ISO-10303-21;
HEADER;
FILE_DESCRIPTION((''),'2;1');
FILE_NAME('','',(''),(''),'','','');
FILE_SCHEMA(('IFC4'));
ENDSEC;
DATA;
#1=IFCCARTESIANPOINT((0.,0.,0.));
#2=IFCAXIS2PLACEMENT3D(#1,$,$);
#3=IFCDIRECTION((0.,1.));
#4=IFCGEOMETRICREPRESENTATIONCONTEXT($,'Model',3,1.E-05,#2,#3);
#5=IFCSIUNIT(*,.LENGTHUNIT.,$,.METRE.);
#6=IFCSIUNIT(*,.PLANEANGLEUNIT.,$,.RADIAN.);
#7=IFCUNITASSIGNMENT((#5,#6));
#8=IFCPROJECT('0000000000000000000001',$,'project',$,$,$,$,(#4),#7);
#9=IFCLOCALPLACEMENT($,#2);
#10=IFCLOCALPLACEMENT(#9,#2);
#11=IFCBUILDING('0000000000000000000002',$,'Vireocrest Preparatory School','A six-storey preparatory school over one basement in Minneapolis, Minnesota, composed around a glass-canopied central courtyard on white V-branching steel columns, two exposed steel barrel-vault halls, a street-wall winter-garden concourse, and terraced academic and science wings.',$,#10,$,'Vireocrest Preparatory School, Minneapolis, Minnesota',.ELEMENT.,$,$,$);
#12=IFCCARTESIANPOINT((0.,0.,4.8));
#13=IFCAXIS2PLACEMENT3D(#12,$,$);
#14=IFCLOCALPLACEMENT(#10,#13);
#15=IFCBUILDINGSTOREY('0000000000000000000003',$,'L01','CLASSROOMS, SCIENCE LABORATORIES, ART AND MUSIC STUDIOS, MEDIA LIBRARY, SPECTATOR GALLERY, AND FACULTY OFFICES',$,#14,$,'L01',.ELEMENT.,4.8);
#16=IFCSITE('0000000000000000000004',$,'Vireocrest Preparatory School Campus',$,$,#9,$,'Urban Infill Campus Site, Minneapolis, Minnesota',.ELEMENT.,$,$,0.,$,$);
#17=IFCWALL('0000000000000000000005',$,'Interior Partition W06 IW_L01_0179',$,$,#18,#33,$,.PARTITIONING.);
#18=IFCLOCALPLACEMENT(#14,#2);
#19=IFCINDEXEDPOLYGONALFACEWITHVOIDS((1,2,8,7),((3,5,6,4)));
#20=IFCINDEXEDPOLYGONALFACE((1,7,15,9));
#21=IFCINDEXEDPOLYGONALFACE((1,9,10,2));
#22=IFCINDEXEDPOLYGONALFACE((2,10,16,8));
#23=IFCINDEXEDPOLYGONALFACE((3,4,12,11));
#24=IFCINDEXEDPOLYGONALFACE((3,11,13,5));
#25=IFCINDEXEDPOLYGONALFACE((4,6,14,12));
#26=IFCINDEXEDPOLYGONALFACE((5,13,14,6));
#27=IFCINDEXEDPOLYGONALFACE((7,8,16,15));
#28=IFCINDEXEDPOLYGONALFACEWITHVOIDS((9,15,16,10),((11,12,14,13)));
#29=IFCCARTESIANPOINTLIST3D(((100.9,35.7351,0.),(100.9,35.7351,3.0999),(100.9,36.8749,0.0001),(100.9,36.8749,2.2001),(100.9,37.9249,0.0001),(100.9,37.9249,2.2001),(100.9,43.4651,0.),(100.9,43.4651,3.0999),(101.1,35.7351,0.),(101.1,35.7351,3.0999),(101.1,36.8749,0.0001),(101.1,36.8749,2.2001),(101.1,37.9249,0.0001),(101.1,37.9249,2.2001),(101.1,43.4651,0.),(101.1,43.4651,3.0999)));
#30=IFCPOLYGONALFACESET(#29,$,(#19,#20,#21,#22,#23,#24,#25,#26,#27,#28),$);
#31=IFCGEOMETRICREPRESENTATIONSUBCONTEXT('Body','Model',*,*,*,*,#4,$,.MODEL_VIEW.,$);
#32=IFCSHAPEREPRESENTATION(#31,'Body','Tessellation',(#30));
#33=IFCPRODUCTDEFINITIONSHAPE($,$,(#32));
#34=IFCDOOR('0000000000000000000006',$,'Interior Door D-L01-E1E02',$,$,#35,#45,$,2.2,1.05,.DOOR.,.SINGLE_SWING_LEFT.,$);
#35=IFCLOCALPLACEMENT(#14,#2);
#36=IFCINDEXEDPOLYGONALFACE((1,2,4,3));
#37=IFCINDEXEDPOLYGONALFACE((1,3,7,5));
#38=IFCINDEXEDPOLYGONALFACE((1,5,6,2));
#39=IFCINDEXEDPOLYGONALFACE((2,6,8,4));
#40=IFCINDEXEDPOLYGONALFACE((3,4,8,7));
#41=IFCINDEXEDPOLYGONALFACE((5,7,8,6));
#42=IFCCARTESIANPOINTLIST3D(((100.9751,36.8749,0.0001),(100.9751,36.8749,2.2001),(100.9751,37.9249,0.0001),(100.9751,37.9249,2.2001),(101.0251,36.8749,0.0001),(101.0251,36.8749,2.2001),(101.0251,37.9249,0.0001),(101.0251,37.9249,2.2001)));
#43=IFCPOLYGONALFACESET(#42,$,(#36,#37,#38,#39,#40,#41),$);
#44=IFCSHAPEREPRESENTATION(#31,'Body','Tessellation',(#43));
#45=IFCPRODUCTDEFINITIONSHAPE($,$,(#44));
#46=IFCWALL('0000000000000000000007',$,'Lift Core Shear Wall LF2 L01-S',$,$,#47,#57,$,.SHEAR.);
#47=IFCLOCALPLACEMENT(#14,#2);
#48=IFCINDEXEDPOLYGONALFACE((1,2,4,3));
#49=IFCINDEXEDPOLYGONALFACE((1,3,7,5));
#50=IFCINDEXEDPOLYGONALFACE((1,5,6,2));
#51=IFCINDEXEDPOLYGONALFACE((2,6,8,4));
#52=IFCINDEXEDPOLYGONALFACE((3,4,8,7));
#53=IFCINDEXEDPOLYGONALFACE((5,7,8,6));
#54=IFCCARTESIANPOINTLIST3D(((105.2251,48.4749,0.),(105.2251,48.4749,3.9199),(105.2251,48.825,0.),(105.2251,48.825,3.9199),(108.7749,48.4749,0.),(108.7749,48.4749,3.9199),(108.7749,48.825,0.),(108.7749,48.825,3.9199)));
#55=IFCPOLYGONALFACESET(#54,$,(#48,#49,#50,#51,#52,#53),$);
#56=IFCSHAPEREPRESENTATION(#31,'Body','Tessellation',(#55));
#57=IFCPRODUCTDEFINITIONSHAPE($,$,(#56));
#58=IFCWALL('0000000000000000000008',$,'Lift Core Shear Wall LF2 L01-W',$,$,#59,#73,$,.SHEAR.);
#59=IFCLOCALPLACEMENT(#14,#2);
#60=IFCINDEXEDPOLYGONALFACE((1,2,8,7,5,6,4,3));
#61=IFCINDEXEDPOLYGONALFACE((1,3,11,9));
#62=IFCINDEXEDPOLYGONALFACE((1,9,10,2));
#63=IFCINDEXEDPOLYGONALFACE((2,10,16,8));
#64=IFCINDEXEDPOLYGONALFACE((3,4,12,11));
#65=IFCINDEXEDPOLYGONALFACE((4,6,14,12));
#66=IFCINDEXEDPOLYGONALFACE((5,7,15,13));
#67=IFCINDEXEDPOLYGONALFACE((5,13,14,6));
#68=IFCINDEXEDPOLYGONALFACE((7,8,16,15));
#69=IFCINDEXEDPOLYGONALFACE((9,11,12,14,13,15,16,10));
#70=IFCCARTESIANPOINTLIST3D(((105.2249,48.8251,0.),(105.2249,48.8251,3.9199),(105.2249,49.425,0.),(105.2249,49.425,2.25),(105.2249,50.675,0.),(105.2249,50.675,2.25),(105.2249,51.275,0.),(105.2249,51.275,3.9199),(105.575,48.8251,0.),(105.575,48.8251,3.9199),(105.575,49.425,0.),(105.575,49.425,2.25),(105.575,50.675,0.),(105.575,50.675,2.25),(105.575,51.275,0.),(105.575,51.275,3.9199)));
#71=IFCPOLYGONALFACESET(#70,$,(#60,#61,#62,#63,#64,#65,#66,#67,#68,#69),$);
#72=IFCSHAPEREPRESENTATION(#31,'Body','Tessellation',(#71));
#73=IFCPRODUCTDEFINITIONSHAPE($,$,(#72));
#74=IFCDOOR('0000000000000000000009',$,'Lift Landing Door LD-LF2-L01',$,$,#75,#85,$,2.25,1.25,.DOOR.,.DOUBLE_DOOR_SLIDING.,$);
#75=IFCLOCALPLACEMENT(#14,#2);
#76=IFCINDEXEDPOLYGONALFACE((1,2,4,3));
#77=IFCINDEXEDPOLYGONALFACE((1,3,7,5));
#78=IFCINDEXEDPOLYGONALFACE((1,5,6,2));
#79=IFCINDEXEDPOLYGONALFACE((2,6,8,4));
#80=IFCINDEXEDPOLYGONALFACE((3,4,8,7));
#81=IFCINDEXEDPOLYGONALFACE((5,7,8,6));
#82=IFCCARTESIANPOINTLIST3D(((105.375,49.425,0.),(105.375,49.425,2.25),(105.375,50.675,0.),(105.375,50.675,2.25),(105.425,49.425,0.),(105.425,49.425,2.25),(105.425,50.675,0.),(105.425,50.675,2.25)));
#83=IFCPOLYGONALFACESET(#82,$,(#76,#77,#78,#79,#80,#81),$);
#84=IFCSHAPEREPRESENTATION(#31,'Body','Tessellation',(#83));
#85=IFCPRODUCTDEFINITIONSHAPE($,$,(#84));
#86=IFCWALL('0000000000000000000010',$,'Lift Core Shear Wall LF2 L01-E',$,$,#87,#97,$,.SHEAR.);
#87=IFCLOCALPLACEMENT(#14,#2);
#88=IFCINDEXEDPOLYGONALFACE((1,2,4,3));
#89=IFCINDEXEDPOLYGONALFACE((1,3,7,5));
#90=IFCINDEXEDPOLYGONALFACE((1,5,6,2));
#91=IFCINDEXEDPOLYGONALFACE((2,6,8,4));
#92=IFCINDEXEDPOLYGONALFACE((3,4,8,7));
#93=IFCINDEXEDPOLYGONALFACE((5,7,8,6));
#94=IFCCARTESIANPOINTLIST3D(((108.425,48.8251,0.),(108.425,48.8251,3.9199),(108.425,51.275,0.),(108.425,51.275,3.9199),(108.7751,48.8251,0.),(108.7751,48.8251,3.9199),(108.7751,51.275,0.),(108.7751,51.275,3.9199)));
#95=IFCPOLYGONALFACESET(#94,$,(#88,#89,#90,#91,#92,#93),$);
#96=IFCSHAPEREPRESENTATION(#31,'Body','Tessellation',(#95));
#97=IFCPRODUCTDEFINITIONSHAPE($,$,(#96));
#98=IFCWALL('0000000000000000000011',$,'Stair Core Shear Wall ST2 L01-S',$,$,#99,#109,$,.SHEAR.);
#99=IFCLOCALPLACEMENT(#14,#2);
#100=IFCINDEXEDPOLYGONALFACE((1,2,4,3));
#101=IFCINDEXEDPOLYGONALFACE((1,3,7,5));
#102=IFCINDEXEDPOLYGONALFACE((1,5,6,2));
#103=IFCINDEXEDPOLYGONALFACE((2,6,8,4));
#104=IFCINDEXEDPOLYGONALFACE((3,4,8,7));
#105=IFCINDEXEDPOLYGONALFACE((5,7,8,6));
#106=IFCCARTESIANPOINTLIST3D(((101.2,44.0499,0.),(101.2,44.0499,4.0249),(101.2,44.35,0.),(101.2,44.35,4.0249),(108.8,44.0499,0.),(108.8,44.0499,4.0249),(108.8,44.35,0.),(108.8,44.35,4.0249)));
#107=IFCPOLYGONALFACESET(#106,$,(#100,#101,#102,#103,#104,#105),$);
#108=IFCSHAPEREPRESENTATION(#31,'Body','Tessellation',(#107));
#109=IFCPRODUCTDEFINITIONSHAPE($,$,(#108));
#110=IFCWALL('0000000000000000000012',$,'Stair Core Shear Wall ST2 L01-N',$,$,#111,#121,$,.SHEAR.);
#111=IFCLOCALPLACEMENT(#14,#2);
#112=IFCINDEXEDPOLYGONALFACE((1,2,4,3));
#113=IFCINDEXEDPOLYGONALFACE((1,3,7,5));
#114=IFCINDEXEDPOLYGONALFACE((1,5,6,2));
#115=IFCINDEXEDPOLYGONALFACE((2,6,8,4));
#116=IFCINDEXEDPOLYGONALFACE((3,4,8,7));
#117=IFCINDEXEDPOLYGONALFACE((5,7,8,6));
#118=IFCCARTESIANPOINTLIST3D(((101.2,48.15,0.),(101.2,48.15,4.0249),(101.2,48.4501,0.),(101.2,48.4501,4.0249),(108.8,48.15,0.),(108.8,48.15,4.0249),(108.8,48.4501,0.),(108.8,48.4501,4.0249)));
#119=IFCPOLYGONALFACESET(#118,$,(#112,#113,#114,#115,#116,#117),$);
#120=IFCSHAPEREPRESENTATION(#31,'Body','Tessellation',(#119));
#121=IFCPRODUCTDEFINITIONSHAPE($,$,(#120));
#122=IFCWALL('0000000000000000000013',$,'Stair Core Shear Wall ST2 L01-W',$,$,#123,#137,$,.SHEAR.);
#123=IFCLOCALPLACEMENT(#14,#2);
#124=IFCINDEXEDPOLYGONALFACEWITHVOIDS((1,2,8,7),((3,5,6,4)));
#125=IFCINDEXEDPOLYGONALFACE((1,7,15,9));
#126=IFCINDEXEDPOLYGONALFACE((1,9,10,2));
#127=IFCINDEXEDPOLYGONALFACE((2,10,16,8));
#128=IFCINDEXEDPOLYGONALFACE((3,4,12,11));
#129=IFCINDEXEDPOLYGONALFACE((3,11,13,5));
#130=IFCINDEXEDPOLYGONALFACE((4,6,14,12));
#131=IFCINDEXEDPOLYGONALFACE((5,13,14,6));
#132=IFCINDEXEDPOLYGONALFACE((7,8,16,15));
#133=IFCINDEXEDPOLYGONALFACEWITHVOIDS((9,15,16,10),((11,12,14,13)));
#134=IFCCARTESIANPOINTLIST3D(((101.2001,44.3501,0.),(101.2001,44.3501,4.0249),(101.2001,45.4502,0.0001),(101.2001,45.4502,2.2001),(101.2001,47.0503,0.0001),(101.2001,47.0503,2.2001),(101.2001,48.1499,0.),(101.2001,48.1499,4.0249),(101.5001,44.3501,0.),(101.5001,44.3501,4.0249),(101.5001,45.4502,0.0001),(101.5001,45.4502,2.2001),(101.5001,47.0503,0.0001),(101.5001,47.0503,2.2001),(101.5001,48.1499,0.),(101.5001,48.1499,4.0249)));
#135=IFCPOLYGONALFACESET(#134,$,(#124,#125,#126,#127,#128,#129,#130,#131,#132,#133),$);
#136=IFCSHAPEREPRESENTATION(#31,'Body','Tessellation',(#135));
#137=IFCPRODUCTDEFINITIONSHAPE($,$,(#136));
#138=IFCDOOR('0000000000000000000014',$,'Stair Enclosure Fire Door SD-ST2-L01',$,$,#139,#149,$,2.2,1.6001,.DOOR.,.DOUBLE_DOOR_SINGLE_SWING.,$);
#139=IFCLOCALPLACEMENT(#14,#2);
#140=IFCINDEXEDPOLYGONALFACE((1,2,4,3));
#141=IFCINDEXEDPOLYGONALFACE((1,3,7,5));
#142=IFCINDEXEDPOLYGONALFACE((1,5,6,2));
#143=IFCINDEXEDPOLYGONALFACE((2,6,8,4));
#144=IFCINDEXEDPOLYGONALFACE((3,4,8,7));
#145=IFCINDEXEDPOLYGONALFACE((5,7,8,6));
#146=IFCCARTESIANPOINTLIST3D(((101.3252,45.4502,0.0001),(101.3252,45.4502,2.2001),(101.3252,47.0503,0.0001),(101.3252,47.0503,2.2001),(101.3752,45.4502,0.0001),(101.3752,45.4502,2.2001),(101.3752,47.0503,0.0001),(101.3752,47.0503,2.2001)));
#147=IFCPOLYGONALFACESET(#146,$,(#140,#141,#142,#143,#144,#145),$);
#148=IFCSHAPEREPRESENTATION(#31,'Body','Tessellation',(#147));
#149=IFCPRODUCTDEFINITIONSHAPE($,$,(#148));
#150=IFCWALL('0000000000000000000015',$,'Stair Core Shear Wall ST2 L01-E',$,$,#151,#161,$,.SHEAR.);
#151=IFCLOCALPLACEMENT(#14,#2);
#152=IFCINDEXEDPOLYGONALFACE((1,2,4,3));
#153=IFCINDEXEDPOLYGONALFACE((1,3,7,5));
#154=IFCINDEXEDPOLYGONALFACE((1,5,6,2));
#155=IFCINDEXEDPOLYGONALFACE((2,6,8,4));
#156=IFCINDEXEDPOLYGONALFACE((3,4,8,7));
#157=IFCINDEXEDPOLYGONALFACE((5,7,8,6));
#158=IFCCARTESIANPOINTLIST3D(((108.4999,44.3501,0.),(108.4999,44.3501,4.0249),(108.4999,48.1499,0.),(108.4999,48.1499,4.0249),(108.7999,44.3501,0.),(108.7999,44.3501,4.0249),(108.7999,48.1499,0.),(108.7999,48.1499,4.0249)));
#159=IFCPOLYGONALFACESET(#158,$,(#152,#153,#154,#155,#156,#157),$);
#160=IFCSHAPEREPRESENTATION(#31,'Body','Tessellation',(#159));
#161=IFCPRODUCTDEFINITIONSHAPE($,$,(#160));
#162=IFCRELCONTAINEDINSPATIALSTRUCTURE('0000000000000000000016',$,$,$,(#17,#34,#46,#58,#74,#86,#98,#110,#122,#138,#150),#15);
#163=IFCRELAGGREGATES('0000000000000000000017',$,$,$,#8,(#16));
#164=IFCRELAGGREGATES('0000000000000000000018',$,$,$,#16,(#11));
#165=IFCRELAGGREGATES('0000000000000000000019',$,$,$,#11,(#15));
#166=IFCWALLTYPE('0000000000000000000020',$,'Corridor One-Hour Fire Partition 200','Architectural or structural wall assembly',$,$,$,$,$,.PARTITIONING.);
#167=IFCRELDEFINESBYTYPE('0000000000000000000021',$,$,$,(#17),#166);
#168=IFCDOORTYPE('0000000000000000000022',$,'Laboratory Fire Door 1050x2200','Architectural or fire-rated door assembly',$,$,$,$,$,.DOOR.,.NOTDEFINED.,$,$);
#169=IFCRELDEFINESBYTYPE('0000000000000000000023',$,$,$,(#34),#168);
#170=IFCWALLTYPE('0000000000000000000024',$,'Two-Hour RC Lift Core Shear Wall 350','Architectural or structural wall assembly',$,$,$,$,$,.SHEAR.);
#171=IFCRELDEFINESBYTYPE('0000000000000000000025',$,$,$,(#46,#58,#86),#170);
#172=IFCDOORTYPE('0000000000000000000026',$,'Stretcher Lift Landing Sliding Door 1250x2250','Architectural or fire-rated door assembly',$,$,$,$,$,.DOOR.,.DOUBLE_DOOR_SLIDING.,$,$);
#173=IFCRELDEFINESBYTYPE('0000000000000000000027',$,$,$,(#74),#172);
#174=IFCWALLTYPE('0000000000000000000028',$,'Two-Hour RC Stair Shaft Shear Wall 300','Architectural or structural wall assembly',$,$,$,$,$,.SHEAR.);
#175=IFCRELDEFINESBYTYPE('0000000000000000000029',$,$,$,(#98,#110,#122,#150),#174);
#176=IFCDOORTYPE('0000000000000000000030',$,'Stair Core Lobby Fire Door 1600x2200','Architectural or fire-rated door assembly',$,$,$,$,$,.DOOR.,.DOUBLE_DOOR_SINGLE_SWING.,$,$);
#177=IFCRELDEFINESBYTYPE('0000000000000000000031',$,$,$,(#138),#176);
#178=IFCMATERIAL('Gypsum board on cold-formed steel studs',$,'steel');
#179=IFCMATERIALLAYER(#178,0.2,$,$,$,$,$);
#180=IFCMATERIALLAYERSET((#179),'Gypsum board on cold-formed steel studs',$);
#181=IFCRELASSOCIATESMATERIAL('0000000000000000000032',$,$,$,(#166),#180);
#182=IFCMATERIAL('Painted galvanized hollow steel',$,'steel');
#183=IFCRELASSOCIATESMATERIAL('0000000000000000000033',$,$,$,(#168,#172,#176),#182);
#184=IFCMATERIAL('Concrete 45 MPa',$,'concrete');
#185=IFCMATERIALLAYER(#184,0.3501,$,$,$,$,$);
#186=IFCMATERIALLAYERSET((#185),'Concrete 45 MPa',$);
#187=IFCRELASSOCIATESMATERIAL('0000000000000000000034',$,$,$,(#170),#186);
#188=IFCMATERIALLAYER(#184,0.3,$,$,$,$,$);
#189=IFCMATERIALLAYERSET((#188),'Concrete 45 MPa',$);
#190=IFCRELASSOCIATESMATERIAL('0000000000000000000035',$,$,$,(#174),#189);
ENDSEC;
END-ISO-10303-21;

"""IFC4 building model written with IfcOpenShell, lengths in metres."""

from ifc_helpers import new_model, si_unit, direction, frame, frame_2d, origin, place, context, subcontext, project, spatial, rectangle, extrude, material, layer, layer_set, type_object, element, fill, save


model = new_model("IFC4")

# Units and contexts
model_context = context("Model", 3, precision=1e-05, world=origin(), true_north=direction((0.0, 1.0)))
body_context = subcontext(model_context, "Body", "Model", "MODEL_VIEW")
ifc_project = project(units=[si_unit("LENGTHUNIT", "METRE"), si_unit("PLANEANGLEUNIT", "RADIAN")], contexts=[model_context])

# Site, building, storey
site_placement = place(None, origin())
site = spatial("IfcSite", under=ifc_project, at=site_placement, Name="Vireocrest Preparatory School Campus", LongName="Urban Infill Campus Site, Minneapolis, Minnesota", CompositionType="ELEMENT", RefElevation=0.0)
building_placement = place(site_placement, origin())
building = spatial("IfcBuilding", under=site, at=building_placement, Name="Vireocrest Preparatory School", Description="A six-storey preparatory school over one basement in Minneapolis, Minnesota, composed around a glass-canopied central courtyard on white V-branching steel columns, two exposed steel barrel-vault halls, a street-wall winter-garden concourse, and terraced academic and science wings.", LongName="Vireocrest Preparatory School, Minneapolis, Minnesota", CompositionType="ELEMENT")
storey_placement = place(building_placement, frame((0.0, 0.0, 4.8)))
storey = spatial("IfcBuildingStorey", under=building, at=storey_placement, Name="L01", Description="CLASSROOMS, SCIENCE LABORATORIES, ART AND MUSIC STUDIOS, MEDIA LIBRARY, SPECTATOR GALLERY, AND FACULTY OFFICES", LongName="L01", CompositionType="ELEMENT", Elevation=4.8)

# Shared definitions
ifc_material_1 = material(Name="Concrete 45 MPa", Category="concrete")

# Wall, opening, door
ifc_material_2 = material(Name="Gypsum board on cold-formed steel studs", Category="steel")
ifc_layer_1 = layer(ifc_material_2, 0.2)
ifc_layer_set_1 = layer_set([ifc_layer_1], Name="Gypsum board on cold-formed steel studs")
wall_type_1 = type_object("IfcWallType", Name="Corridor One-Hour Fire Partition 200", Description="Architectural or structural wall assembly", PredefinedType="PARTITIONING", material=ifc_layer_set_1)
wall_1_placement = place(storey_placement, frame((101.0, 35.7351, 0.0), z_axis=(0.0, 0.0, 1.0), x_axis=(0.0, 1.0, 0.0)))
wall_1 = element("IfcWall", 1, at=wall_1_placement, inside=storey, type_object=wall_type_1, Name="Interior Partition W06 IW_L01_0179", PredefinedType="PARTITIONING", context=body_context, shape_type="SweptSolid", body=[
    extrude(rectangle(XDim=7.73, YDim=0.2, at=frame_2d((3.865, 0.0))), origin(), (0.0, 0.0, 1.0), 3.0999),
])
opening_1_placement = place(wall_1_placement, frame((1.1399, 0.0, 0.0)))
opening_1 = element("IfcOpeningElement", 2, at=opening_1_placement, cuts=wall_1, PredefinedType="OPENING", context=body_context, shape_type="SweptSolid", body=[
    extrude(rectangle(XDim=1.05, YDim=2.2, at=frame_2d((0.5249, 1.1001))), frame((0.0, 0.1099, 0.0), z_axis=(0.0, -1.0, 0.0), x_axis=(1.0, 0.0, 0.0)), (0.0, 0.0, 1.0), 0.22),
])
ifc_material_3 = material(Name="Painted galvanized hollow steel", Category="steel")
door_type_1 = type_object("IfcDoorType", Name="Laboratory Fire Door 1050x2200", Description="Architectural or fire-rated door assembly", OperationType="NOTDEFINED", PredefinedType="DOOR", material=ifc_material_3)
door_1_placement = place(opening_1_placement, origin())
door_1 = element("IfcDoor", 3, at=door_1_placement, inside=storey, type_object=door_type_1, Name="Interior Door D-L01-E1E02", OperationType="SINGLE_SWING_LEFT", OverallHeight=2.2, OverallWidth=1.05, PredefinedType="DOOR", context=body_context, shape_type="SweptSolid", body=[
    extrude(rectangle(XDim=1.05, YDim=2.2, at=frame_2d((0.5249, 1.1001))), frame((0.0, 0.0249, 0.0), z_axis=(0.0, -1.0, 0.0), x_axis=(1.0, 0.0, 0.0)), (0.0, 0.0, 1.0), 0.05),
])
fill(opening_1, door_1)

# Wall
ifc_layer_2 = layer(ifc_material_1, 0.3501)
ifc_layer_set_2 = layer_set([ifc_layer_2], Name="Concrete 45 MPa")
wall_type_2 = type_object("IfcWallType", Name="Two-Hour RC Lift Core Shear Wall 350", Description="Architectural or structural wall assembly", PredefinedType="SHEAR", material=ifc_layer_set_2)
wall_2_placement = place(storey_placement, frame((105.2251, 48.6499, 0.0), z_axis=(0.0, 0.0, 1.0), x_axis=(1.0, 0.0, 0.0)))
element("IfcWall", 4, at=wall_2_placement, inside=storey, type_object=wall_type_2, Name="Lift Core Shear Wall LF2 L01-S", PredefinedType="SHEAR", context=body_context, shape_type="SweptSolid", body=[
    extrude(rectangle(XDim=3.5498, YDim=0.3501, at=frame_2d((1.7749, 0.0))), origin(), (0.0, 0.0, 1.0), 3.9199),
])

# Wall, opening, door
wall_3_placement = place(storey_placement, frame((105.3999, 48.825, 0.0), z_axis=(0.0, 0.0, 1.0), x_axis=(0.0, 1.0, 0.0)))
wall_3 = element("IfcWall", 5, at=wall_3_placement, inside=storey, type_object=wall_type_2, Name="Lift Core Shear Wall LF2 L01-W", PredefinedType="SHEAR", context=body_context, shape_type="SweptSolid", body=[
    extrude(rectangle(XDim=2.45, YDim=0.3501, at=frame_2d((1.2251, 0.0))), origin(), (0.0, 0.0, 1.0), 3.9199),
])
opening_2_placement = place(wall_3_placement, frame((0.6001, 0.0, 0.0)))
opening_2 = element("IfcOpeningElement", 6, at=opening_2_placement, cuts=wall_3, PredefinedType="OPENING", context=body_context, shape_type="SweptSolid", body=[
    extrude(rectangle(XDim=1.25, YDim=2.25, at=frame_2d((0.625, 1.125))), frame((0.0, 0.1851, 0.0), z_axis=(0.0, -1.0, 0.0), x_axis=(1.0, 0.0, 0.0)), (0.0, 0.0, 1.0), 0.3701),
])
door_type_2 = type_object("IfcDoorType", Name="Stretcher Lift Landing Sliding Door 1250x2250", Description="Architectural or fire-rated door assembly", OperationType="DOUBLE_DOOR_SLIDING", PredefinedType="DOOR", material=ifc_material_3)
door_2_placement = place(opening_2_placement, origin())
door_2 = element("IfcDoor", 7, at=door_2_placement, inside=storey, type_object=door_type_2, Name="Lift Landing Door LD-LF2-L01", OperationType="DOUBLE_DOOR_SLIDING", OverallHeight=2.25, OverallWidth=1.25, PredefinedType="DOOR", context=body_context, shape_type="SweptSolid", body=[
    extrude(rectangle(XDim=1.25, YDim=2.25, at=frame_2d((0.625, 1.125))), frame((0.0, 0.0249, 0.0), z_axis=(0.0, -1.0, 0.0), x_axis=(1.0, 0.0, 0.0)), (0.0, 0.0, 1.0), 0.05),
])
fill(opening_2, door_2)

# Walls
wall_4_placement = place(storey_placement, frame((108.6001, 48.825, 0.0), z_axis=(0.0, 0.0, 1.0), x_axis=(0.0, 1.0, 0.0)))
element("IfcWall", 8, at=wall_4_placement, inside=storey, type_object=wall_type_2, Name="Lift Core Shear Wall LF2 L01-E", PredefinedType="SHEAR", context=body_context, shape_type="SweptSolid", body=[
    extrude(rectangle(XDim=2.45, YDim=0.3501, at=frame_2d((1.2251, 0.0))), origin(), (0.0, 0.0, 1.0), 3.9199),
])
ifc_layer_3 = layer(ifc_material_1, 0.3)
ifc_layer_set_3 = layer_set([ifc_layer_3], Name="Concrete 45 MPa")
wall_type_3 = type_object("IfcWallType", Name="Two-Hour RC Stair Shaft Shear Wall 300", Description="Architectural or structural wall assembly", PredefinedType="SHEAR", material=ifc_layer_set_3)
for number, where, z_axis, x_axis, name in (
    (9, (101.2, 44.2, 0.0), (0.0, 0.0, 1.0), (1.0, 0.0, 0.0), "Stair Core Shear Wall ST2 L01-S"),
    (10, (101.2, 48.3, 0.0), (0.0, 0.0, 1.0), (1.0, 0.0, 0.0), "Stair Core Shear Wall ST2 L01-N"),
):
    element("IfcWall", number, at=place(storey_placement, frame(where, z_axis=z_axis, x_axis=x_axis)), inside=storey, type_object=wall_type_3, Name=name, PredefinedType="SHEAR", context=body_context, shape_type="SweptSolid", body=[
        extrude(rectangle(XDim=7.6001, YDim=0.3, at=frame_2d((3.8, 0.0))), origin(), (0.0, 0.0, 1.0), 4.0249),
    ])

# Wall, opening, door
wall_5_placement = place(storey_placement, frame((101.3501, 44.3501, 0.0), z_axis=(0.0, 0.0, 1.0), x_axis=(0.0, 1.0, 0.0)))
wall_5 = element("IfcWall", 11, at=wall_5_placement, inside=storey, type_object=wall_type_3, Name="Stair Core Shear Wall ST2 L01-W", PredefinedType="SHEAR", context=body_context, shape_type="SweptSolid", body=[
    extrude(rectangle(XDim=3.7998, YDim=0.3, at=frame_2d((1.8999, 0.0))), origin(), (0.0, 0.0, 1.0), 4.0249),
])
opening_3_placement = place(wall_5_placement, frame((1.1001, 0.0, 0.0)))
opening_3 = element("IfcOpeningElement", 12, at=opening_3_placement, cuts=wall_5, PredefinedType="OPENING", context=body_context, shape_type="SweptSolid", body=[
    extrude(rectangle(XDim=1.6001, YDim=2.2, at=frame_2d((0.8, 1.1001))), frame((0.0, 0.1599, 0.0), z_axis=(0.0, -1.0, 0.0), x_axis=(1.0, 0.0, 0.0)), (0.0, 0.0, 1.0), 0.3201),
])
door_type_3 = type_object("IfcDoorType", Name="Stair Core Lobby Fire Door 1600x2200", Description="Architectural or fire-rated door assembly", OperationType="DOUBLE_DOOR_SINGLE_SWING", PredefinedType="DOOR", material=ifc_material_3)
door_3_placement = place(opening_3_placement, origin())
door_3 = element("IfcDoor", 13, at=door_3_placement, inside=storey, type_object=door_type_3, Name="Stair Enclosure Fire Door SD-ST2-L01", OperationType="DOUBLE_DOOR_SINGLE_SWING", OverallHeight=2.2, OverallWidth=1.6001, PredefinedType="DOOR", context=body_context, shape_type="SweptSolid", body=[
    extrude(rectangle(XDim=1.6001, YDim=2.2, at=frame_2d((0.8, 1.1001))), frame((0.0, 0.0249, 0.0), z_axis=(0.0, -1.0, 0.0), x_axis=(1.0, 0.0, 0.0)), (0.0, 0.0, 1.0), 0.05),
])
fill(opening_3, door_3)

# Wall
wall_6_placement = place(storey_placement, frame((108.6499, 44.3501, 0.0), z_axis=(0.0, 0.0, 1.0), x_axis=(0.0, 1.0, 0.0)))
element("IfcWall", 14, at=wall_6_placement, inside=storey, type_object=wall_type_3, Name="Stair Core Shear Wall ST2 L01-E", PredefinedType="SHEAR", context=body_context, shape_type="SweptSolid", body=[
    extrude(rectangle(XDim=3.7998, YDim=0.3, at=frame_2d((1.8999, 0.0))), origin(), (0.0, 0.0, 1.0), 4.0249),
])

save(model, "model.ifc")
